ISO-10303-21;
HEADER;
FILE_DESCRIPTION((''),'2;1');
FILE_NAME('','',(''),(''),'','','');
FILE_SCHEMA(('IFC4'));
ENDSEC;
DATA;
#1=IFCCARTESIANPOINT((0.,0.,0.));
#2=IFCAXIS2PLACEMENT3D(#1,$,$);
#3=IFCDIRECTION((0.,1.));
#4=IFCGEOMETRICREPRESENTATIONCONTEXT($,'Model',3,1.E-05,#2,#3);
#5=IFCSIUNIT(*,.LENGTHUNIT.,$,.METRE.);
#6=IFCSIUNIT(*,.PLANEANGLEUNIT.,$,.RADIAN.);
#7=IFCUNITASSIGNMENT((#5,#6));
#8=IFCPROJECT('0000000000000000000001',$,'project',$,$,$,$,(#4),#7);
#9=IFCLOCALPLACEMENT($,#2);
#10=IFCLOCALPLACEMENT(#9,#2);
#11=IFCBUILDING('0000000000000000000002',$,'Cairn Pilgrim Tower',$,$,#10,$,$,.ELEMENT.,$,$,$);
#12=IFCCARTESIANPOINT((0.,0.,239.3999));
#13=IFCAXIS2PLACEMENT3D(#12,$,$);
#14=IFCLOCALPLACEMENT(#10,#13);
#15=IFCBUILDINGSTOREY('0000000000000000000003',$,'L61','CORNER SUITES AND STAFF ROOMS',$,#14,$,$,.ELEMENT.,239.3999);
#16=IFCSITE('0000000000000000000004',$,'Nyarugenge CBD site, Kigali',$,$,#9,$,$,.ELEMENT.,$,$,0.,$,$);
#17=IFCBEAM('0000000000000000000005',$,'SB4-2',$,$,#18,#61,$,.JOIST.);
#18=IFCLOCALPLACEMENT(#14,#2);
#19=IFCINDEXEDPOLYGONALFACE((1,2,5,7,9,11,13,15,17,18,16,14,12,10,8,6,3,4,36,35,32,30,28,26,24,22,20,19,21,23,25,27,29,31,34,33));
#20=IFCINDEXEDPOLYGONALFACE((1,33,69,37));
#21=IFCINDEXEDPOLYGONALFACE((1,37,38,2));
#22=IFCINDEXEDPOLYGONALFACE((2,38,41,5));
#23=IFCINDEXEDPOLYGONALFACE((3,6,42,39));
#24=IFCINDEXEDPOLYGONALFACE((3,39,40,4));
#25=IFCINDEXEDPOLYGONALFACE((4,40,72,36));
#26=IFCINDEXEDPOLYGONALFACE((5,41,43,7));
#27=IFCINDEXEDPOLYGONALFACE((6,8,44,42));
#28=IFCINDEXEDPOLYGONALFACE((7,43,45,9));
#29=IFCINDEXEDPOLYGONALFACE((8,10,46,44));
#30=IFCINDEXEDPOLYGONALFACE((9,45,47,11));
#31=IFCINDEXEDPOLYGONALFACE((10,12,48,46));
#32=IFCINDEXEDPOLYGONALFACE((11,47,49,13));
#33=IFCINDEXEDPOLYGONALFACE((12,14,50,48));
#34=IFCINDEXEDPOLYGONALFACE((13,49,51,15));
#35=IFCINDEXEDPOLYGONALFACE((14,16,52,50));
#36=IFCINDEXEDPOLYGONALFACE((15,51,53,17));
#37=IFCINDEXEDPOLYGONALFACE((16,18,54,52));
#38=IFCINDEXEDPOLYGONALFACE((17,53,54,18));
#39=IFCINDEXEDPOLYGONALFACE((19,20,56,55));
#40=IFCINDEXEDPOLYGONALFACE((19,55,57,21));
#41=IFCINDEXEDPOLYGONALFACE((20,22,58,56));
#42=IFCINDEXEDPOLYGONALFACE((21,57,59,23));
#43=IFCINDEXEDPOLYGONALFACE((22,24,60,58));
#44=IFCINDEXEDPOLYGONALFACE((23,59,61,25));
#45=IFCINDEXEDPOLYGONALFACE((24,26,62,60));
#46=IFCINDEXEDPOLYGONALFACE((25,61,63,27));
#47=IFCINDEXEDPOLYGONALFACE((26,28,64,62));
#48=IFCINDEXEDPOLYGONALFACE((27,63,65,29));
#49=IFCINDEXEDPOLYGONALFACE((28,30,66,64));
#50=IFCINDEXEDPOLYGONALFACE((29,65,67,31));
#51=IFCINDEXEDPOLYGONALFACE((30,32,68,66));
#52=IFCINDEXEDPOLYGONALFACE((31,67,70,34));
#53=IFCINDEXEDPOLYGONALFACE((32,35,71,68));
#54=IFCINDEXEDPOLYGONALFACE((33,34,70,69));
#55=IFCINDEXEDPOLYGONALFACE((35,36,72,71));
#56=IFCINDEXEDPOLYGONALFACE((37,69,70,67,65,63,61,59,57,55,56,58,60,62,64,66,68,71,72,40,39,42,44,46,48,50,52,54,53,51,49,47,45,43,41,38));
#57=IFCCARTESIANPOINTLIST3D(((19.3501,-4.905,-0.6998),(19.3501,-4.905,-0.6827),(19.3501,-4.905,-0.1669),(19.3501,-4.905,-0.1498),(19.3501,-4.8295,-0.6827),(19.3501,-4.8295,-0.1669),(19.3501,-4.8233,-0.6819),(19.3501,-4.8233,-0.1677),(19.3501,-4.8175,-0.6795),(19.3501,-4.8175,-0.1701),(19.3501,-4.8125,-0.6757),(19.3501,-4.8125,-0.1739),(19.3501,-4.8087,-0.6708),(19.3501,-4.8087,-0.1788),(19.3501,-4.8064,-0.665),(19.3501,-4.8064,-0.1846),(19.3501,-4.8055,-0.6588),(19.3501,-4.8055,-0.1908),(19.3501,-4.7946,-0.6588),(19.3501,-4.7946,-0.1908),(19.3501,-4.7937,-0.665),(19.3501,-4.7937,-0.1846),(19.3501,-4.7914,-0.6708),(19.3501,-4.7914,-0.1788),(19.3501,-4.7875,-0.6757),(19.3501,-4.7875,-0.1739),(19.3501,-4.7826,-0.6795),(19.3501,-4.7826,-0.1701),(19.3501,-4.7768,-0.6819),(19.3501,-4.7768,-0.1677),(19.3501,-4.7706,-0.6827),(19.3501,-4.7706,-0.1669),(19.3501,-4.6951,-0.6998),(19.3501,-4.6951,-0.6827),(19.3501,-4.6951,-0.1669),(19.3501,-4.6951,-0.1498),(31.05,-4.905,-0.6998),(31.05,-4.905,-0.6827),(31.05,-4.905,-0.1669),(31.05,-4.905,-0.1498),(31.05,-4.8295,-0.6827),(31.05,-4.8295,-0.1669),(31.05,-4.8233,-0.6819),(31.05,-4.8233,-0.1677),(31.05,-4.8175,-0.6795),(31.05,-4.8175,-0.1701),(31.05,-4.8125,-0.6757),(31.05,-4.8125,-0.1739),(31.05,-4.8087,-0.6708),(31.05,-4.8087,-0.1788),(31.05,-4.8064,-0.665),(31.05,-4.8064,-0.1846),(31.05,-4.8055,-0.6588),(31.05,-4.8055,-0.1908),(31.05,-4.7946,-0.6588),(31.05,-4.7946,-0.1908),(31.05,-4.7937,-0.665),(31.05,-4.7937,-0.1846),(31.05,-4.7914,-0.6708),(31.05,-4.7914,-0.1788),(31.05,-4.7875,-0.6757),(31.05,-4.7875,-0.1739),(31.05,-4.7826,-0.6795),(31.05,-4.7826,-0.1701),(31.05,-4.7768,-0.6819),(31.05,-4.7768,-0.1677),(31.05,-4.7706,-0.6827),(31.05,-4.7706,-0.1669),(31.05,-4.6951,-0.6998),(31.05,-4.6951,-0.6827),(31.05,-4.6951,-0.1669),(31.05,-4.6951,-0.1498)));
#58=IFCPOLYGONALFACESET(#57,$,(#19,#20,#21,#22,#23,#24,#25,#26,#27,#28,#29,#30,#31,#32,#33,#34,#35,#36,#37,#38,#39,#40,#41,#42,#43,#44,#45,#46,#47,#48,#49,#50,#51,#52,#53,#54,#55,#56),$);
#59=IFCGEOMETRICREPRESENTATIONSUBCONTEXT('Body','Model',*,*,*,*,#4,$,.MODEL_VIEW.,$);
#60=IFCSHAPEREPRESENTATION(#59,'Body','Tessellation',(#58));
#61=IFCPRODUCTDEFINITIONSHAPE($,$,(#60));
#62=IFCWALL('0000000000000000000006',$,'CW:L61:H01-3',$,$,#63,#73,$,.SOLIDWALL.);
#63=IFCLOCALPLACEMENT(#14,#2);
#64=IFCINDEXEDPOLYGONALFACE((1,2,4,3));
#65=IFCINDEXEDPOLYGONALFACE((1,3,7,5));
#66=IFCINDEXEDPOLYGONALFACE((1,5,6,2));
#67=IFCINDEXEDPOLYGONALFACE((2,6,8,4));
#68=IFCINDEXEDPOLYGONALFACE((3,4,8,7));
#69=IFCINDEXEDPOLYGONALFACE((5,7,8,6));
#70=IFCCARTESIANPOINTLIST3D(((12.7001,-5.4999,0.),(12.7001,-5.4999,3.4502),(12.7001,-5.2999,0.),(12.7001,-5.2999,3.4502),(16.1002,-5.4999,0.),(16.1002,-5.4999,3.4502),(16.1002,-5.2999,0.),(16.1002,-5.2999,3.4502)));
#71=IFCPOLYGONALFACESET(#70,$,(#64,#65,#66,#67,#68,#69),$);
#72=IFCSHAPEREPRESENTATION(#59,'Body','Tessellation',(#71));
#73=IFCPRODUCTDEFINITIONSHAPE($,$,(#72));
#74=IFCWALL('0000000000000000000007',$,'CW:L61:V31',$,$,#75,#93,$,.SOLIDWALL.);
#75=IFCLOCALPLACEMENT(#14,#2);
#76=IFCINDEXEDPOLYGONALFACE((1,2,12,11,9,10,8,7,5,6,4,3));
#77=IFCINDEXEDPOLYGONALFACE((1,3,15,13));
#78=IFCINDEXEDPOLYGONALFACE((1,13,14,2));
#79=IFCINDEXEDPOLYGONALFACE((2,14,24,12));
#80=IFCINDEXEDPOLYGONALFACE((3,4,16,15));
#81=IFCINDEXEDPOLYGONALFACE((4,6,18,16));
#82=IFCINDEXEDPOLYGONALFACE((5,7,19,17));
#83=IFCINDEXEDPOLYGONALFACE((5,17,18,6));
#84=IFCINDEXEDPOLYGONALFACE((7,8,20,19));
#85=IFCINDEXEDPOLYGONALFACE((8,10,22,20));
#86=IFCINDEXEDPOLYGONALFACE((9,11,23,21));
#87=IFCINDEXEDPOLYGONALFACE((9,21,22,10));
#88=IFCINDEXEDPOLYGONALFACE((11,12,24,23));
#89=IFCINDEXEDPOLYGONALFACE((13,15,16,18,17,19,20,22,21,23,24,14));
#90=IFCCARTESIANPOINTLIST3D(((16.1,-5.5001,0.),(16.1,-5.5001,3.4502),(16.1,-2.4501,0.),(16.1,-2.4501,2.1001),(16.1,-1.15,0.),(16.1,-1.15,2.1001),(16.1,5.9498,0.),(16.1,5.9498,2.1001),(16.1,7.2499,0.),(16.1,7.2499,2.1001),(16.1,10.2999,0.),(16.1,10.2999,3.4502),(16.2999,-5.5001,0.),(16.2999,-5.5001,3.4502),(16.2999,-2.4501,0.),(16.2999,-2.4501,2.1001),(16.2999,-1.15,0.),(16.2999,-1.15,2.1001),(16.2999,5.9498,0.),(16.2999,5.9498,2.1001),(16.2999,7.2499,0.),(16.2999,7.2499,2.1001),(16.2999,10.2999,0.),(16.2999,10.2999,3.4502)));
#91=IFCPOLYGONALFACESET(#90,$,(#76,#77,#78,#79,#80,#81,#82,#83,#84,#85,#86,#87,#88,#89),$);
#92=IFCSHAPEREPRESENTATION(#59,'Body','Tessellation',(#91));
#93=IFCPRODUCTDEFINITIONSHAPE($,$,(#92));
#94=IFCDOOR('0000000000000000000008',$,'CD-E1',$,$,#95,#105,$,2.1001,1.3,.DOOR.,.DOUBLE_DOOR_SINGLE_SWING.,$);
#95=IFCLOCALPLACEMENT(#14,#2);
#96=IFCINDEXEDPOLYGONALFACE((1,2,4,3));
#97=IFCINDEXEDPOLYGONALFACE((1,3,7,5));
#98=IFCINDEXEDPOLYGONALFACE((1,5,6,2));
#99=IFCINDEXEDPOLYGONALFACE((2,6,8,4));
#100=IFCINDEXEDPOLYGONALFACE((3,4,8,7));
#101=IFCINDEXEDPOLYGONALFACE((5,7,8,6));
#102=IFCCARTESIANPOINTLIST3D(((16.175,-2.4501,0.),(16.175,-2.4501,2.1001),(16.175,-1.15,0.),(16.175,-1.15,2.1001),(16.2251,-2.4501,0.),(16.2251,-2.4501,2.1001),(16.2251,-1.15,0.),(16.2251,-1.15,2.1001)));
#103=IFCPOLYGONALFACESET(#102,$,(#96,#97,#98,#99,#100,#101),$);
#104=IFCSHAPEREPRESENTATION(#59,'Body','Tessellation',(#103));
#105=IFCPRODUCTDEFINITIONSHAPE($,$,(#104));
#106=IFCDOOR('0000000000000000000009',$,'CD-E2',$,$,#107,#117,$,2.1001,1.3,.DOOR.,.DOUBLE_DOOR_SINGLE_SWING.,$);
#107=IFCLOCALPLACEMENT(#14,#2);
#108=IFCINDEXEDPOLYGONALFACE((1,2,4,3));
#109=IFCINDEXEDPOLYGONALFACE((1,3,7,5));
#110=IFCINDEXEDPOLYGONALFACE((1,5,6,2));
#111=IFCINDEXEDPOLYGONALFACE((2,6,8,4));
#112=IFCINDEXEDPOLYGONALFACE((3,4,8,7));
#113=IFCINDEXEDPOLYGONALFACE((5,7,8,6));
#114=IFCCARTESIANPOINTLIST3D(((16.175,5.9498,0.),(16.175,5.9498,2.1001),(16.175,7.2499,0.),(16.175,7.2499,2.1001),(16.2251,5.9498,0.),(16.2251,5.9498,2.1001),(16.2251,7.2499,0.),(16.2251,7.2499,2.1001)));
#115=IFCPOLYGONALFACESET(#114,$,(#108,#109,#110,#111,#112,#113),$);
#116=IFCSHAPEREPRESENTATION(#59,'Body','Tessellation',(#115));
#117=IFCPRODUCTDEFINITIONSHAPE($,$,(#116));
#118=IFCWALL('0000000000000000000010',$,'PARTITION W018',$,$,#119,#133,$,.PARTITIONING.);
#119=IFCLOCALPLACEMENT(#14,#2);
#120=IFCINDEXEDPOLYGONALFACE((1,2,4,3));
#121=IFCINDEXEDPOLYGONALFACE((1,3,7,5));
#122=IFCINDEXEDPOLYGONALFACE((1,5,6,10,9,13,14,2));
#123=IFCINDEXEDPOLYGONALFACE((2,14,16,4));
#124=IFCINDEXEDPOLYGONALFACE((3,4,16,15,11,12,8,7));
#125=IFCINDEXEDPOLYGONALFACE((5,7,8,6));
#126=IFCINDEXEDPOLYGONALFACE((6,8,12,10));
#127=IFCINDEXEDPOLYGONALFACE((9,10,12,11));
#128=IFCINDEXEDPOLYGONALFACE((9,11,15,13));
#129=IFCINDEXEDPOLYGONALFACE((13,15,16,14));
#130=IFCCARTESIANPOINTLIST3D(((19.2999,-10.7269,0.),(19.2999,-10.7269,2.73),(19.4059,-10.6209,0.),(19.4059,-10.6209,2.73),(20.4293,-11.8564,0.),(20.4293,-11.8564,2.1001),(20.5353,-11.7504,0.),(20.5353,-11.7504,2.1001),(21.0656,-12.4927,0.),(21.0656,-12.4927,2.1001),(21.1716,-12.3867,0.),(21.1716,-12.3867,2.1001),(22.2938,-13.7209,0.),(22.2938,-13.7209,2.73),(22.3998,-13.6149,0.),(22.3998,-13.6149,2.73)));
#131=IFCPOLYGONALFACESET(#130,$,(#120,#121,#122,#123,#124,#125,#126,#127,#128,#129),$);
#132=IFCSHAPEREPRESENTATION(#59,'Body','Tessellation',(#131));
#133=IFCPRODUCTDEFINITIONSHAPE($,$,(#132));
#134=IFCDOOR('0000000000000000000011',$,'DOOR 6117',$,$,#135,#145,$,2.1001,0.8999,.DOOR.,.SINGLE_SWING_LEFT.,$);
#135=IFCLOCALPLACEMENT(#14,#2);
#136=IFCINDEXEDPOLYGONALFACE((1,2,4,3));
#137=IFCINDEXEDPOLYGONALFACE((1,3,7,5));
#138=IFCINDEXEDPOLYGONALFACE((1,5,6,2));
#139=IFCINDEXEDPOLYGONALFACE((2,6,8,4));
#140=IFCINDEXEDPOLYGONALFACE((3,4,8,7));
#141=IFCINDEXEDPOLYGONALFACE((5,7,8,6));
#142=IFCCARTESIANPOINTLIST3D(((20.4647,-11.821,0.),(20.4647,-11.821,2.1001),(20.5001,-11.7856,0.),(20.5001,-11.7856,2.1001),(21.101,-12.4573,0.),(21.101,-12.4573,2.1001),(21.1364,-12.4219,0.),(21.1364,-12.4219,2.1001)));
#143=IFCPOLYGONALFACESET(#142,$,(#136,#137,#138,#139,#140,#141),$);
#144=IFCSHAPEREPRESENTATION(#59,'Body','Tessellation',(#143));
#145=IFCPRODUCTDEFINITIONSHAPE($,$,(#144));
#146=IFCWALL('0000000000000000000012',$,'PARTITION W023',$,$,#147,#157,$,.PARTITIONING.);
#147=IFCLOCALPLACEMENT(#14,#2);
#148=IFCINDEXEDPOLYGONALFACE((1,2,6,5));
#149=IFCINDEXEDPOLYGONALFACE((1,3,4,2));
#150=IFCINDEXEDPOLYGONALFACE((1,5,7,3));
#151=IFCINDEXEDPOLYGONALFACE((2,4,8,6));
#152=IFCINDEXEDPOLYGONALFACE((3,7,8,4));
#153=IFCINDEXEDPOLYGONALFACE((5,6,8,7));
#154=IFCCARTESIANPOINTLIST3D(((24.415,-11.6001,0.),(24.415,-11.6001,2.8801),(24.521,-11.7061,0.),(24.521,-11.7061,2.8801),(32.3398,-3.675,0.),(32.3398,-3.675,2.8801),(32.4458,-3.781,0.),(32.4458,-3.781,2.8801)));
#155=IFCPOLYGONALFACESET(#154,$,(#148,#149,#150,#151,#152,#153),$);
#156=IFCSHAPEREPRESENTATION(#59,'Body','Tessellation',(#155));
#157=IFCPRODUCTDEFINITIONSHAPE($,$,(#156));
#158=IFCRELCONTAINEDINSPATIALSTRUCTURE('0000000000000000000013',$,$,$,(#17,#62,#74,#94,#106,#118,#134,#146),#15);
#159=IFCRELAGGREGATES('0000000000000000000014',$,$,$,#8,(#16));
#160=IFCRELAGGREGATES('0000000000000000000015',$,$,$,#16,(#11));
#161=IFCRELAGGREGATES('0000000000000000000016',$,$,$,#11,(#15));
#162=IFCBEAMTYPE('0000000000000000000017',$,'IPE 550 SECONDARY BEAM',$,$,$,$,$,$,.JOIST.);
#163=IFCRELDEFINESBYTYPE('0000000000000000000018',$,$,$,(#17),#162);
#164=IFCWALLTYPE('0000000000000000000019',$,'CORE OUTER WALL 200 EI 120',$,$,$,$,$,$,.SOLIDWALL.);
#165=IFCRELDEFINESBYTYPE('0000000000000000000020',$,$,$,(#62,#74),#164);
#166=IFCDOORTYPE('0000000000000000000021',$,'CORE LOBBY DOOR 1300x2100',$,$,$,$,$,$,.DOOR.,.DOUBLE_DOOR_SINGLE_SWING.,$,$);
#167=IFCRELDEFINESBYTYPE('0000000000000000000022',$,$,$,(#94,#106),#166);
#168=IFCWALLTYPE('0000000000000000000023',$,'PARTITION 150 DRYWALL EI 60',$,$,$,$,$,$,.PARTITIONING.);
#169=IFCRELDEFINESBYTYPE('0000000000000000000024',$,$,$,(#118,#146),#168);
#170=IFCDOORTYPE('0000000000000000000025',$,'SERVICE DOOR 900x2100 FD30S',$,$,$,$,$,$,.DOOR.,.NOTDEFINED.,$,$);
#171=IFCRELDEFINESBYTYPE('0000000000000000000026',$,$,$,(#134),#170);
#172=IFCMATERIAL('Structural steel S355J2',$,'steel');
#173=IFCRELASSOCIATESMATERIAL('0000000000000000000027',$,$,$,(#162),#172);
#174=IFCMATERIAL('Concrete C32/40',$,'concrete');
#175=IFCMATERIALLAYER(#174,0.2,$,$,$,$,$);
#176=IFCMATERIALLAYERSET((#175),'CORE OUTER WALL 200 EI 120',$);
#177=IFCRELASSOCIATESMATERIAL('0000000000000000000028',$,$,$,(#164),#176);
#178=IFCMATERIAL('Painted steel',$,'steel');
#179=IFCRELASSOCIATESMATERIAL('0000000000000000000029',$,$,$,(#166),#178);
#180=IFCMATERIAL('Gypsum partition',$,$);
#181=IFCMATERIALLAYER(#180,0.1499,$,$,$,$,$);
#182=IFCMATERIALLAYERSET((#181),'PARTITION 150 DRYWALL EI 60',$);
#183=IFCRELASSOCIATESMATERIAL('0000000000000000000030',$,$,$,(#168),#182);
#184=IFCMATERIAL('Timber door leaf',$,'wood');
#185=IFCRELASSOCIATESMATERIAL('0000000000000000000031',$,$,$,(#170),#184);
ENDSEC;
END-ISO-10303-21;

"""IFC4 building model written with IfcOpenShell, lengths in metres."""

from ifc_helpers import new_model, si_unit, direction, frame, frame_2d, origin, origin_2d, place, context, subcontext, project, spatial, rectangle, i_section, extrude, material, layer, layer_set, material_profile, profile_set, type_object, element, fill, save


model = new_model("IFC4")

# Units and contexts
model_context = context("Model", 3, precision=1e-05, world=origin(), true_north=direction((0.0, 1.0)))
body_context = subcontext(model_context, "Body", "Model", "MODEL_VIEW")
ifc_project = project(units=[si_unit("LENGTHUNIT", "METRE"), si_unit("PLANEANGLEUNIT", "RADIAN")], contexts=[model_context])

# Site, building, storey
site_placement = place(None, origin())
site = spatial("IfcSite", under=ifc_project, at=site_placement, Name="Nyarugenge CBD site, Kigali", CompositionType="ELEMENT", RefElevation=0.0)
building_placement = place(site_placement, origin())
building = spatial("IfcBuilding", under=site, at=building_placement, Name="Cairn Pilgrim Tower", CompositionType="ELEMENT")
storey_placement = place(building_placement, frame((0.0, 0.0, 239.3999)))
storey = spatial("IfcBuildingStorey", under=building, at=storey_placement, Name="L61", Description="CORNER SUITES AND STAFF ROOMS", CompositionType="ELEMENT", Elevation=239.3999)

# Shared definitions
ifc_material_1 = material(Name="Structural steel S355J2", Category="steel")

# Beam
ifc_material_profile_1 = material_profile(ifc_material_1, i_section(OverallWidth=0.21, OverallDepth=0.55, WebThickness=0.011, FlangeThickness=0.0171, FilletRadius=0.0239, at=origin_2d()), Name="IPE 550")
ifc_profile_set_1 = profile_set([ifc_material_profile_1], Name="Structural steel S355J2")
beam_type_1 = type_object("IfcBeamType", Name="IPE 550 SECONDARY BEAM", PredefinedType="JOIST", material=ifc_profile_set_1)
for number, where, z_axis, x_axis, name in (
    (1, (19.3501, -4.8, -0.4248), (1.0, 0.0, 0.0), (0.0, 1.0, 0.0), "SB4-2"),
):
    element("IfcBeam", number, at=place(storey_placement, frame(where, z_axis=z_axis, x_axis=x_axis)), inside=storey, type_object=beam_type_1, Name=name, PredefinedType="JOIST", context=body_context, shape_type="SweptSolid", body=[
        extrude(i_section(OverallWidth=0.21, OverallDepth=0.55, WebThickness=0.011, FlangeThickness=0.0171, FilletRadius=0.0239, at=origin_2d()), origin(), (0.0, 0.0, 1.0), 11.7),
    ])

# Wall
ifc_material_2 = material(Name="Concrete C32/40", Category="concrete")
ifc_layer_1 = layer(ifc_material_2, 0.2)
ifc_layer_set_1 = layer_set([ifc_layer_1], Name="CORE OUTER WALL 200 EI 120")
wall_type_1 = type_object("IfcWallType", Name="CORE OUTER WALL 200 EI 120", PredefinedType="SOLIDWALL", material=ifc_layer_set_1)
wall_1_placement = place(storey_placement, frame((12.7, -5.3999, 0.0), z_axis=(0.0, 0.0, 1.0), x_axis=(1.0, 0.0, 0.0)))
element("IfcWall", 2, at=wall_1_placement, inside=storey, type_object=wall_type_1, Name="CW:L61:H01-3", PredefinedType="SOLIDWALL", context=body_context, shape_type="SweptSolid", body=[
    extrude(rectangle(XDim=3.4001, YDim=0.2, at=frame_2d((1.7002, 0.0))), origin(), (0.0, 0.0, 1.0), 3.4502),
])

# Wall, openings, doors
wall_2_placement = place(storey_placement, frame((16.2, -5.5, 0.0), z_axis=(0.0, 0.0, 1.0), x_axis=(0.0, 1.0, 0.0)))
wall_2 = element("IfcWall", 3, at=wall_2_placement, inside=storey, type_object=wall_type_1, Name="CW:L61:V31", PredefinedType="SOLIDWALL", context=body_context, shape_type="SweptSolid", body=[
    extrude(rectangle(XDim=15.8, YDim=0.2, at=frame_2d((7.8999, 0.0))), origin(), (0.0, 0.0, 1.0), 3.4502),
])
opening_1_placement = place(wall_2_placement, frame((3.05, 0.0, 0.0)))
opening_1 = element("IfcOpeningElement", 4, at=opening_1_placement, cuts=wall_2, PredefinedType="OPENING", context=body_context, shape_type="SweptSolid", body=[
    extrude(rectangle(XDim=1.3, YDim=2.1001, at=frame_2d((0.6499, 1.05))), frame((0.0, 0.1099, 0.0), z_axis=(0.0, -1.0, 0.0), x_axis=(1.0, 0.0, 0.0)), (0.0, 0.0, 1.0), 0.22),
])
opening_2_placement = place(wall_2_placement, frame((11.45, 0.0, 0.0)))
opening_2 = element("IfcOpeningElement", 5, at=opening_2_placement, cuts=wall_2, PredefinedType="OPENING", context=body_context, shape_type="SweptSolid", body=[
    extrude(rectangle(XDim=1.3, YDim=2.1001, at=frame_2d((0.6499, 1.05))), frame((0.0, 0.1099, 0.0), z_axis=(0.0, -1.0, 0.0), x_axis=(1.0, 0.0, 0.0)), (0.0, 0.0, 1.0), 0.22),
])
ifc_material_3 = material(Name="Painted steel", Category="steel")
door_type_1 = type_object("IfcDoorType", Name="CORE LOBBY DOOR 1300x2100", OperationType="DOUBLE_DOOR_SINGLE_SWING", PredefinedType="DOOR", material=ifc_material_3)
door_1_placement = place(opening_1_placement, origin())
door_1 = element("IfcDoor", 6, at=door_1_placement, inside=storey, type_object=door_type_1, Name="CD-E1", OperationType="DOUBLE_DOOR_SINGLE_SWING", OverallHeight=2.1001, OverallWidth=1.3, PredefinedType="DOOR", context=body_context, shape_type="SweptSolid", body=[
    extrude(rectangle(XDim=1.3, YDim=2.1001, at=frame_2d((0.6499, 1.05))), frame((0.0, 0.0249, 0.0), z_axis=(0.0, -1.0, 0.0), x_axis=(1.0, 0.0, 0.0)), (0.0, 0.0, 1.0), 0.05),
])
fill(opening_1, door_1)
door_2_placement = place(opening_2_placement, origin())
door_2 = element("IfcDoor", 7, at=door_2_placement, inside=storey, type_object=door_type_1, Name="CD-E2", OperationType="DOUBLE_DOOR_SINGLE_SWING", OverallHeight=2.1001, OverallWidth=1.3, PredefinedType="DOOR", context=body_context, shape_type="SweptSolid", body=[
    extrude(rectangle(XDim=1.3, YDim=2.1001, at=frame_2d((0.6499, 1.05))), frame((0.0, 0.0249, 0.0), z_axis=(0.0, -1.0, 0.0), x_axis=(1.0, 0.0, 0.0)), (0.0, 0.0, 1.0), 0.05),
])
fill(opening_2, door_2)

# Wall, opening, door
ifc_material_4 = material(Name="Gypsum partition")
ifc_layer_2 = layer(ifc_material_4, 0.1499)
ifc_layer_set_2 = layer_set([ifc_layer_2], Name="PARTITION 150 DRYWALL EI 60")
wall_type_2 = type_object("IfcWallType", Name="PARTITION 150 DRYWALL EI 60", PredefinedType="PARTITIONING", material=ifc_layer_set_2)
wall_3_placement = place(storey_placement, frame((22.3469, -13.668, 0.0), z_axis=(0.0, 0.0, 1.0), x_axis=(-0.707107, 0.707107, 0.0)))
wall_3 = element("IfcWall", 8, at=wall_3_placement, inside=storey, type_object=wall_type_2, Name="PARTITION W018", PredefinedType="PARTITIONING", context=body_context, shape_type="SweptSolid", body=[
    extrude(rectangle(XDim=4.2341, YDim=0.1499, at=frame_2d((2.1172, 0.0))), origin(), (0.0, 0.0, 1.0), 2.73),
])
opening_3_placement = place(wall_3_placement, frame((1.7371, 0.0, 0.0)))
opening_3 = element("IfcOpeningElement", 9, at=opening_3_placement, cuts=wall_3, PredefinedType="OPENING", context=body_context, shape_type="SweptSolid", body=[
    extrude(rectangle(XDim=0.8999, YDim=2.1001, at=frame_2d((0.45, 1.05))), frame((0.0, 0.085, 0.0), z_axis=(0.0, -1.0, 0.0), x_axis=(1.0, 0.0, 0.0)), (0.0, 0.0, 1.0), 0.1699),
])
ifc_material_5 = material(Name="Timber door leaf", Category="wood")
door_type_2 = type_object("IfcDoorType", Name="SERVICE DOOR 900x2100 FD30S", OperationType="NOTDEFINED", PredefinedType="DOOR", material=ifc_material_5)
door_3_placement = place(opening_3_placement, origin())
door_3 = element("IfcDoor", 10, at=door_3_placement, inside=storey, type_object=door_type_2, Name="DOOR 6117", OperationType="SINGLE_SWING_LEFT", OverallHeight=2.1001, OverallWidth=0.8999, PredefinedType="DOOR", context=body_context, shape_type="SweptSolid", body=[
    extrude(rectangle(XDim=0.8999, YDim=2.1001, at=frame_2d((0.45, 1.05))), frame((0.0, 0.0249, 0.0), z_axis=(0.0, -1.0, 0.0), x_axis=(1.0, 0.0, 0.0)), (0.0, 0.0, 1.0), 0.05),
])
fill(opening_3, door_3)

# Wall
wall_4_placement = place(storey_placement, frame((24.468, -11.6531, 0.0), z_axis=(0.0, 0.0, 1.0), x_axis=(0.707096, 0.707118, 0.0)))
element("IfcWall", 11, at=wall_4_placement, inside=storey, type_object=wall_type_2, Name="PARTITION W023", PredefinedType="PARTITIONING", context=body_context, shape_type="SweptSolid", body=[
    extrude(rectangle(XDim=11.2075, YDim=0.1499, at=frame_2d((5.6038, 0.0))), origin(), (0.0, 0.0, 1.0), 2.8801),
])

save(model, "model.ifc")
